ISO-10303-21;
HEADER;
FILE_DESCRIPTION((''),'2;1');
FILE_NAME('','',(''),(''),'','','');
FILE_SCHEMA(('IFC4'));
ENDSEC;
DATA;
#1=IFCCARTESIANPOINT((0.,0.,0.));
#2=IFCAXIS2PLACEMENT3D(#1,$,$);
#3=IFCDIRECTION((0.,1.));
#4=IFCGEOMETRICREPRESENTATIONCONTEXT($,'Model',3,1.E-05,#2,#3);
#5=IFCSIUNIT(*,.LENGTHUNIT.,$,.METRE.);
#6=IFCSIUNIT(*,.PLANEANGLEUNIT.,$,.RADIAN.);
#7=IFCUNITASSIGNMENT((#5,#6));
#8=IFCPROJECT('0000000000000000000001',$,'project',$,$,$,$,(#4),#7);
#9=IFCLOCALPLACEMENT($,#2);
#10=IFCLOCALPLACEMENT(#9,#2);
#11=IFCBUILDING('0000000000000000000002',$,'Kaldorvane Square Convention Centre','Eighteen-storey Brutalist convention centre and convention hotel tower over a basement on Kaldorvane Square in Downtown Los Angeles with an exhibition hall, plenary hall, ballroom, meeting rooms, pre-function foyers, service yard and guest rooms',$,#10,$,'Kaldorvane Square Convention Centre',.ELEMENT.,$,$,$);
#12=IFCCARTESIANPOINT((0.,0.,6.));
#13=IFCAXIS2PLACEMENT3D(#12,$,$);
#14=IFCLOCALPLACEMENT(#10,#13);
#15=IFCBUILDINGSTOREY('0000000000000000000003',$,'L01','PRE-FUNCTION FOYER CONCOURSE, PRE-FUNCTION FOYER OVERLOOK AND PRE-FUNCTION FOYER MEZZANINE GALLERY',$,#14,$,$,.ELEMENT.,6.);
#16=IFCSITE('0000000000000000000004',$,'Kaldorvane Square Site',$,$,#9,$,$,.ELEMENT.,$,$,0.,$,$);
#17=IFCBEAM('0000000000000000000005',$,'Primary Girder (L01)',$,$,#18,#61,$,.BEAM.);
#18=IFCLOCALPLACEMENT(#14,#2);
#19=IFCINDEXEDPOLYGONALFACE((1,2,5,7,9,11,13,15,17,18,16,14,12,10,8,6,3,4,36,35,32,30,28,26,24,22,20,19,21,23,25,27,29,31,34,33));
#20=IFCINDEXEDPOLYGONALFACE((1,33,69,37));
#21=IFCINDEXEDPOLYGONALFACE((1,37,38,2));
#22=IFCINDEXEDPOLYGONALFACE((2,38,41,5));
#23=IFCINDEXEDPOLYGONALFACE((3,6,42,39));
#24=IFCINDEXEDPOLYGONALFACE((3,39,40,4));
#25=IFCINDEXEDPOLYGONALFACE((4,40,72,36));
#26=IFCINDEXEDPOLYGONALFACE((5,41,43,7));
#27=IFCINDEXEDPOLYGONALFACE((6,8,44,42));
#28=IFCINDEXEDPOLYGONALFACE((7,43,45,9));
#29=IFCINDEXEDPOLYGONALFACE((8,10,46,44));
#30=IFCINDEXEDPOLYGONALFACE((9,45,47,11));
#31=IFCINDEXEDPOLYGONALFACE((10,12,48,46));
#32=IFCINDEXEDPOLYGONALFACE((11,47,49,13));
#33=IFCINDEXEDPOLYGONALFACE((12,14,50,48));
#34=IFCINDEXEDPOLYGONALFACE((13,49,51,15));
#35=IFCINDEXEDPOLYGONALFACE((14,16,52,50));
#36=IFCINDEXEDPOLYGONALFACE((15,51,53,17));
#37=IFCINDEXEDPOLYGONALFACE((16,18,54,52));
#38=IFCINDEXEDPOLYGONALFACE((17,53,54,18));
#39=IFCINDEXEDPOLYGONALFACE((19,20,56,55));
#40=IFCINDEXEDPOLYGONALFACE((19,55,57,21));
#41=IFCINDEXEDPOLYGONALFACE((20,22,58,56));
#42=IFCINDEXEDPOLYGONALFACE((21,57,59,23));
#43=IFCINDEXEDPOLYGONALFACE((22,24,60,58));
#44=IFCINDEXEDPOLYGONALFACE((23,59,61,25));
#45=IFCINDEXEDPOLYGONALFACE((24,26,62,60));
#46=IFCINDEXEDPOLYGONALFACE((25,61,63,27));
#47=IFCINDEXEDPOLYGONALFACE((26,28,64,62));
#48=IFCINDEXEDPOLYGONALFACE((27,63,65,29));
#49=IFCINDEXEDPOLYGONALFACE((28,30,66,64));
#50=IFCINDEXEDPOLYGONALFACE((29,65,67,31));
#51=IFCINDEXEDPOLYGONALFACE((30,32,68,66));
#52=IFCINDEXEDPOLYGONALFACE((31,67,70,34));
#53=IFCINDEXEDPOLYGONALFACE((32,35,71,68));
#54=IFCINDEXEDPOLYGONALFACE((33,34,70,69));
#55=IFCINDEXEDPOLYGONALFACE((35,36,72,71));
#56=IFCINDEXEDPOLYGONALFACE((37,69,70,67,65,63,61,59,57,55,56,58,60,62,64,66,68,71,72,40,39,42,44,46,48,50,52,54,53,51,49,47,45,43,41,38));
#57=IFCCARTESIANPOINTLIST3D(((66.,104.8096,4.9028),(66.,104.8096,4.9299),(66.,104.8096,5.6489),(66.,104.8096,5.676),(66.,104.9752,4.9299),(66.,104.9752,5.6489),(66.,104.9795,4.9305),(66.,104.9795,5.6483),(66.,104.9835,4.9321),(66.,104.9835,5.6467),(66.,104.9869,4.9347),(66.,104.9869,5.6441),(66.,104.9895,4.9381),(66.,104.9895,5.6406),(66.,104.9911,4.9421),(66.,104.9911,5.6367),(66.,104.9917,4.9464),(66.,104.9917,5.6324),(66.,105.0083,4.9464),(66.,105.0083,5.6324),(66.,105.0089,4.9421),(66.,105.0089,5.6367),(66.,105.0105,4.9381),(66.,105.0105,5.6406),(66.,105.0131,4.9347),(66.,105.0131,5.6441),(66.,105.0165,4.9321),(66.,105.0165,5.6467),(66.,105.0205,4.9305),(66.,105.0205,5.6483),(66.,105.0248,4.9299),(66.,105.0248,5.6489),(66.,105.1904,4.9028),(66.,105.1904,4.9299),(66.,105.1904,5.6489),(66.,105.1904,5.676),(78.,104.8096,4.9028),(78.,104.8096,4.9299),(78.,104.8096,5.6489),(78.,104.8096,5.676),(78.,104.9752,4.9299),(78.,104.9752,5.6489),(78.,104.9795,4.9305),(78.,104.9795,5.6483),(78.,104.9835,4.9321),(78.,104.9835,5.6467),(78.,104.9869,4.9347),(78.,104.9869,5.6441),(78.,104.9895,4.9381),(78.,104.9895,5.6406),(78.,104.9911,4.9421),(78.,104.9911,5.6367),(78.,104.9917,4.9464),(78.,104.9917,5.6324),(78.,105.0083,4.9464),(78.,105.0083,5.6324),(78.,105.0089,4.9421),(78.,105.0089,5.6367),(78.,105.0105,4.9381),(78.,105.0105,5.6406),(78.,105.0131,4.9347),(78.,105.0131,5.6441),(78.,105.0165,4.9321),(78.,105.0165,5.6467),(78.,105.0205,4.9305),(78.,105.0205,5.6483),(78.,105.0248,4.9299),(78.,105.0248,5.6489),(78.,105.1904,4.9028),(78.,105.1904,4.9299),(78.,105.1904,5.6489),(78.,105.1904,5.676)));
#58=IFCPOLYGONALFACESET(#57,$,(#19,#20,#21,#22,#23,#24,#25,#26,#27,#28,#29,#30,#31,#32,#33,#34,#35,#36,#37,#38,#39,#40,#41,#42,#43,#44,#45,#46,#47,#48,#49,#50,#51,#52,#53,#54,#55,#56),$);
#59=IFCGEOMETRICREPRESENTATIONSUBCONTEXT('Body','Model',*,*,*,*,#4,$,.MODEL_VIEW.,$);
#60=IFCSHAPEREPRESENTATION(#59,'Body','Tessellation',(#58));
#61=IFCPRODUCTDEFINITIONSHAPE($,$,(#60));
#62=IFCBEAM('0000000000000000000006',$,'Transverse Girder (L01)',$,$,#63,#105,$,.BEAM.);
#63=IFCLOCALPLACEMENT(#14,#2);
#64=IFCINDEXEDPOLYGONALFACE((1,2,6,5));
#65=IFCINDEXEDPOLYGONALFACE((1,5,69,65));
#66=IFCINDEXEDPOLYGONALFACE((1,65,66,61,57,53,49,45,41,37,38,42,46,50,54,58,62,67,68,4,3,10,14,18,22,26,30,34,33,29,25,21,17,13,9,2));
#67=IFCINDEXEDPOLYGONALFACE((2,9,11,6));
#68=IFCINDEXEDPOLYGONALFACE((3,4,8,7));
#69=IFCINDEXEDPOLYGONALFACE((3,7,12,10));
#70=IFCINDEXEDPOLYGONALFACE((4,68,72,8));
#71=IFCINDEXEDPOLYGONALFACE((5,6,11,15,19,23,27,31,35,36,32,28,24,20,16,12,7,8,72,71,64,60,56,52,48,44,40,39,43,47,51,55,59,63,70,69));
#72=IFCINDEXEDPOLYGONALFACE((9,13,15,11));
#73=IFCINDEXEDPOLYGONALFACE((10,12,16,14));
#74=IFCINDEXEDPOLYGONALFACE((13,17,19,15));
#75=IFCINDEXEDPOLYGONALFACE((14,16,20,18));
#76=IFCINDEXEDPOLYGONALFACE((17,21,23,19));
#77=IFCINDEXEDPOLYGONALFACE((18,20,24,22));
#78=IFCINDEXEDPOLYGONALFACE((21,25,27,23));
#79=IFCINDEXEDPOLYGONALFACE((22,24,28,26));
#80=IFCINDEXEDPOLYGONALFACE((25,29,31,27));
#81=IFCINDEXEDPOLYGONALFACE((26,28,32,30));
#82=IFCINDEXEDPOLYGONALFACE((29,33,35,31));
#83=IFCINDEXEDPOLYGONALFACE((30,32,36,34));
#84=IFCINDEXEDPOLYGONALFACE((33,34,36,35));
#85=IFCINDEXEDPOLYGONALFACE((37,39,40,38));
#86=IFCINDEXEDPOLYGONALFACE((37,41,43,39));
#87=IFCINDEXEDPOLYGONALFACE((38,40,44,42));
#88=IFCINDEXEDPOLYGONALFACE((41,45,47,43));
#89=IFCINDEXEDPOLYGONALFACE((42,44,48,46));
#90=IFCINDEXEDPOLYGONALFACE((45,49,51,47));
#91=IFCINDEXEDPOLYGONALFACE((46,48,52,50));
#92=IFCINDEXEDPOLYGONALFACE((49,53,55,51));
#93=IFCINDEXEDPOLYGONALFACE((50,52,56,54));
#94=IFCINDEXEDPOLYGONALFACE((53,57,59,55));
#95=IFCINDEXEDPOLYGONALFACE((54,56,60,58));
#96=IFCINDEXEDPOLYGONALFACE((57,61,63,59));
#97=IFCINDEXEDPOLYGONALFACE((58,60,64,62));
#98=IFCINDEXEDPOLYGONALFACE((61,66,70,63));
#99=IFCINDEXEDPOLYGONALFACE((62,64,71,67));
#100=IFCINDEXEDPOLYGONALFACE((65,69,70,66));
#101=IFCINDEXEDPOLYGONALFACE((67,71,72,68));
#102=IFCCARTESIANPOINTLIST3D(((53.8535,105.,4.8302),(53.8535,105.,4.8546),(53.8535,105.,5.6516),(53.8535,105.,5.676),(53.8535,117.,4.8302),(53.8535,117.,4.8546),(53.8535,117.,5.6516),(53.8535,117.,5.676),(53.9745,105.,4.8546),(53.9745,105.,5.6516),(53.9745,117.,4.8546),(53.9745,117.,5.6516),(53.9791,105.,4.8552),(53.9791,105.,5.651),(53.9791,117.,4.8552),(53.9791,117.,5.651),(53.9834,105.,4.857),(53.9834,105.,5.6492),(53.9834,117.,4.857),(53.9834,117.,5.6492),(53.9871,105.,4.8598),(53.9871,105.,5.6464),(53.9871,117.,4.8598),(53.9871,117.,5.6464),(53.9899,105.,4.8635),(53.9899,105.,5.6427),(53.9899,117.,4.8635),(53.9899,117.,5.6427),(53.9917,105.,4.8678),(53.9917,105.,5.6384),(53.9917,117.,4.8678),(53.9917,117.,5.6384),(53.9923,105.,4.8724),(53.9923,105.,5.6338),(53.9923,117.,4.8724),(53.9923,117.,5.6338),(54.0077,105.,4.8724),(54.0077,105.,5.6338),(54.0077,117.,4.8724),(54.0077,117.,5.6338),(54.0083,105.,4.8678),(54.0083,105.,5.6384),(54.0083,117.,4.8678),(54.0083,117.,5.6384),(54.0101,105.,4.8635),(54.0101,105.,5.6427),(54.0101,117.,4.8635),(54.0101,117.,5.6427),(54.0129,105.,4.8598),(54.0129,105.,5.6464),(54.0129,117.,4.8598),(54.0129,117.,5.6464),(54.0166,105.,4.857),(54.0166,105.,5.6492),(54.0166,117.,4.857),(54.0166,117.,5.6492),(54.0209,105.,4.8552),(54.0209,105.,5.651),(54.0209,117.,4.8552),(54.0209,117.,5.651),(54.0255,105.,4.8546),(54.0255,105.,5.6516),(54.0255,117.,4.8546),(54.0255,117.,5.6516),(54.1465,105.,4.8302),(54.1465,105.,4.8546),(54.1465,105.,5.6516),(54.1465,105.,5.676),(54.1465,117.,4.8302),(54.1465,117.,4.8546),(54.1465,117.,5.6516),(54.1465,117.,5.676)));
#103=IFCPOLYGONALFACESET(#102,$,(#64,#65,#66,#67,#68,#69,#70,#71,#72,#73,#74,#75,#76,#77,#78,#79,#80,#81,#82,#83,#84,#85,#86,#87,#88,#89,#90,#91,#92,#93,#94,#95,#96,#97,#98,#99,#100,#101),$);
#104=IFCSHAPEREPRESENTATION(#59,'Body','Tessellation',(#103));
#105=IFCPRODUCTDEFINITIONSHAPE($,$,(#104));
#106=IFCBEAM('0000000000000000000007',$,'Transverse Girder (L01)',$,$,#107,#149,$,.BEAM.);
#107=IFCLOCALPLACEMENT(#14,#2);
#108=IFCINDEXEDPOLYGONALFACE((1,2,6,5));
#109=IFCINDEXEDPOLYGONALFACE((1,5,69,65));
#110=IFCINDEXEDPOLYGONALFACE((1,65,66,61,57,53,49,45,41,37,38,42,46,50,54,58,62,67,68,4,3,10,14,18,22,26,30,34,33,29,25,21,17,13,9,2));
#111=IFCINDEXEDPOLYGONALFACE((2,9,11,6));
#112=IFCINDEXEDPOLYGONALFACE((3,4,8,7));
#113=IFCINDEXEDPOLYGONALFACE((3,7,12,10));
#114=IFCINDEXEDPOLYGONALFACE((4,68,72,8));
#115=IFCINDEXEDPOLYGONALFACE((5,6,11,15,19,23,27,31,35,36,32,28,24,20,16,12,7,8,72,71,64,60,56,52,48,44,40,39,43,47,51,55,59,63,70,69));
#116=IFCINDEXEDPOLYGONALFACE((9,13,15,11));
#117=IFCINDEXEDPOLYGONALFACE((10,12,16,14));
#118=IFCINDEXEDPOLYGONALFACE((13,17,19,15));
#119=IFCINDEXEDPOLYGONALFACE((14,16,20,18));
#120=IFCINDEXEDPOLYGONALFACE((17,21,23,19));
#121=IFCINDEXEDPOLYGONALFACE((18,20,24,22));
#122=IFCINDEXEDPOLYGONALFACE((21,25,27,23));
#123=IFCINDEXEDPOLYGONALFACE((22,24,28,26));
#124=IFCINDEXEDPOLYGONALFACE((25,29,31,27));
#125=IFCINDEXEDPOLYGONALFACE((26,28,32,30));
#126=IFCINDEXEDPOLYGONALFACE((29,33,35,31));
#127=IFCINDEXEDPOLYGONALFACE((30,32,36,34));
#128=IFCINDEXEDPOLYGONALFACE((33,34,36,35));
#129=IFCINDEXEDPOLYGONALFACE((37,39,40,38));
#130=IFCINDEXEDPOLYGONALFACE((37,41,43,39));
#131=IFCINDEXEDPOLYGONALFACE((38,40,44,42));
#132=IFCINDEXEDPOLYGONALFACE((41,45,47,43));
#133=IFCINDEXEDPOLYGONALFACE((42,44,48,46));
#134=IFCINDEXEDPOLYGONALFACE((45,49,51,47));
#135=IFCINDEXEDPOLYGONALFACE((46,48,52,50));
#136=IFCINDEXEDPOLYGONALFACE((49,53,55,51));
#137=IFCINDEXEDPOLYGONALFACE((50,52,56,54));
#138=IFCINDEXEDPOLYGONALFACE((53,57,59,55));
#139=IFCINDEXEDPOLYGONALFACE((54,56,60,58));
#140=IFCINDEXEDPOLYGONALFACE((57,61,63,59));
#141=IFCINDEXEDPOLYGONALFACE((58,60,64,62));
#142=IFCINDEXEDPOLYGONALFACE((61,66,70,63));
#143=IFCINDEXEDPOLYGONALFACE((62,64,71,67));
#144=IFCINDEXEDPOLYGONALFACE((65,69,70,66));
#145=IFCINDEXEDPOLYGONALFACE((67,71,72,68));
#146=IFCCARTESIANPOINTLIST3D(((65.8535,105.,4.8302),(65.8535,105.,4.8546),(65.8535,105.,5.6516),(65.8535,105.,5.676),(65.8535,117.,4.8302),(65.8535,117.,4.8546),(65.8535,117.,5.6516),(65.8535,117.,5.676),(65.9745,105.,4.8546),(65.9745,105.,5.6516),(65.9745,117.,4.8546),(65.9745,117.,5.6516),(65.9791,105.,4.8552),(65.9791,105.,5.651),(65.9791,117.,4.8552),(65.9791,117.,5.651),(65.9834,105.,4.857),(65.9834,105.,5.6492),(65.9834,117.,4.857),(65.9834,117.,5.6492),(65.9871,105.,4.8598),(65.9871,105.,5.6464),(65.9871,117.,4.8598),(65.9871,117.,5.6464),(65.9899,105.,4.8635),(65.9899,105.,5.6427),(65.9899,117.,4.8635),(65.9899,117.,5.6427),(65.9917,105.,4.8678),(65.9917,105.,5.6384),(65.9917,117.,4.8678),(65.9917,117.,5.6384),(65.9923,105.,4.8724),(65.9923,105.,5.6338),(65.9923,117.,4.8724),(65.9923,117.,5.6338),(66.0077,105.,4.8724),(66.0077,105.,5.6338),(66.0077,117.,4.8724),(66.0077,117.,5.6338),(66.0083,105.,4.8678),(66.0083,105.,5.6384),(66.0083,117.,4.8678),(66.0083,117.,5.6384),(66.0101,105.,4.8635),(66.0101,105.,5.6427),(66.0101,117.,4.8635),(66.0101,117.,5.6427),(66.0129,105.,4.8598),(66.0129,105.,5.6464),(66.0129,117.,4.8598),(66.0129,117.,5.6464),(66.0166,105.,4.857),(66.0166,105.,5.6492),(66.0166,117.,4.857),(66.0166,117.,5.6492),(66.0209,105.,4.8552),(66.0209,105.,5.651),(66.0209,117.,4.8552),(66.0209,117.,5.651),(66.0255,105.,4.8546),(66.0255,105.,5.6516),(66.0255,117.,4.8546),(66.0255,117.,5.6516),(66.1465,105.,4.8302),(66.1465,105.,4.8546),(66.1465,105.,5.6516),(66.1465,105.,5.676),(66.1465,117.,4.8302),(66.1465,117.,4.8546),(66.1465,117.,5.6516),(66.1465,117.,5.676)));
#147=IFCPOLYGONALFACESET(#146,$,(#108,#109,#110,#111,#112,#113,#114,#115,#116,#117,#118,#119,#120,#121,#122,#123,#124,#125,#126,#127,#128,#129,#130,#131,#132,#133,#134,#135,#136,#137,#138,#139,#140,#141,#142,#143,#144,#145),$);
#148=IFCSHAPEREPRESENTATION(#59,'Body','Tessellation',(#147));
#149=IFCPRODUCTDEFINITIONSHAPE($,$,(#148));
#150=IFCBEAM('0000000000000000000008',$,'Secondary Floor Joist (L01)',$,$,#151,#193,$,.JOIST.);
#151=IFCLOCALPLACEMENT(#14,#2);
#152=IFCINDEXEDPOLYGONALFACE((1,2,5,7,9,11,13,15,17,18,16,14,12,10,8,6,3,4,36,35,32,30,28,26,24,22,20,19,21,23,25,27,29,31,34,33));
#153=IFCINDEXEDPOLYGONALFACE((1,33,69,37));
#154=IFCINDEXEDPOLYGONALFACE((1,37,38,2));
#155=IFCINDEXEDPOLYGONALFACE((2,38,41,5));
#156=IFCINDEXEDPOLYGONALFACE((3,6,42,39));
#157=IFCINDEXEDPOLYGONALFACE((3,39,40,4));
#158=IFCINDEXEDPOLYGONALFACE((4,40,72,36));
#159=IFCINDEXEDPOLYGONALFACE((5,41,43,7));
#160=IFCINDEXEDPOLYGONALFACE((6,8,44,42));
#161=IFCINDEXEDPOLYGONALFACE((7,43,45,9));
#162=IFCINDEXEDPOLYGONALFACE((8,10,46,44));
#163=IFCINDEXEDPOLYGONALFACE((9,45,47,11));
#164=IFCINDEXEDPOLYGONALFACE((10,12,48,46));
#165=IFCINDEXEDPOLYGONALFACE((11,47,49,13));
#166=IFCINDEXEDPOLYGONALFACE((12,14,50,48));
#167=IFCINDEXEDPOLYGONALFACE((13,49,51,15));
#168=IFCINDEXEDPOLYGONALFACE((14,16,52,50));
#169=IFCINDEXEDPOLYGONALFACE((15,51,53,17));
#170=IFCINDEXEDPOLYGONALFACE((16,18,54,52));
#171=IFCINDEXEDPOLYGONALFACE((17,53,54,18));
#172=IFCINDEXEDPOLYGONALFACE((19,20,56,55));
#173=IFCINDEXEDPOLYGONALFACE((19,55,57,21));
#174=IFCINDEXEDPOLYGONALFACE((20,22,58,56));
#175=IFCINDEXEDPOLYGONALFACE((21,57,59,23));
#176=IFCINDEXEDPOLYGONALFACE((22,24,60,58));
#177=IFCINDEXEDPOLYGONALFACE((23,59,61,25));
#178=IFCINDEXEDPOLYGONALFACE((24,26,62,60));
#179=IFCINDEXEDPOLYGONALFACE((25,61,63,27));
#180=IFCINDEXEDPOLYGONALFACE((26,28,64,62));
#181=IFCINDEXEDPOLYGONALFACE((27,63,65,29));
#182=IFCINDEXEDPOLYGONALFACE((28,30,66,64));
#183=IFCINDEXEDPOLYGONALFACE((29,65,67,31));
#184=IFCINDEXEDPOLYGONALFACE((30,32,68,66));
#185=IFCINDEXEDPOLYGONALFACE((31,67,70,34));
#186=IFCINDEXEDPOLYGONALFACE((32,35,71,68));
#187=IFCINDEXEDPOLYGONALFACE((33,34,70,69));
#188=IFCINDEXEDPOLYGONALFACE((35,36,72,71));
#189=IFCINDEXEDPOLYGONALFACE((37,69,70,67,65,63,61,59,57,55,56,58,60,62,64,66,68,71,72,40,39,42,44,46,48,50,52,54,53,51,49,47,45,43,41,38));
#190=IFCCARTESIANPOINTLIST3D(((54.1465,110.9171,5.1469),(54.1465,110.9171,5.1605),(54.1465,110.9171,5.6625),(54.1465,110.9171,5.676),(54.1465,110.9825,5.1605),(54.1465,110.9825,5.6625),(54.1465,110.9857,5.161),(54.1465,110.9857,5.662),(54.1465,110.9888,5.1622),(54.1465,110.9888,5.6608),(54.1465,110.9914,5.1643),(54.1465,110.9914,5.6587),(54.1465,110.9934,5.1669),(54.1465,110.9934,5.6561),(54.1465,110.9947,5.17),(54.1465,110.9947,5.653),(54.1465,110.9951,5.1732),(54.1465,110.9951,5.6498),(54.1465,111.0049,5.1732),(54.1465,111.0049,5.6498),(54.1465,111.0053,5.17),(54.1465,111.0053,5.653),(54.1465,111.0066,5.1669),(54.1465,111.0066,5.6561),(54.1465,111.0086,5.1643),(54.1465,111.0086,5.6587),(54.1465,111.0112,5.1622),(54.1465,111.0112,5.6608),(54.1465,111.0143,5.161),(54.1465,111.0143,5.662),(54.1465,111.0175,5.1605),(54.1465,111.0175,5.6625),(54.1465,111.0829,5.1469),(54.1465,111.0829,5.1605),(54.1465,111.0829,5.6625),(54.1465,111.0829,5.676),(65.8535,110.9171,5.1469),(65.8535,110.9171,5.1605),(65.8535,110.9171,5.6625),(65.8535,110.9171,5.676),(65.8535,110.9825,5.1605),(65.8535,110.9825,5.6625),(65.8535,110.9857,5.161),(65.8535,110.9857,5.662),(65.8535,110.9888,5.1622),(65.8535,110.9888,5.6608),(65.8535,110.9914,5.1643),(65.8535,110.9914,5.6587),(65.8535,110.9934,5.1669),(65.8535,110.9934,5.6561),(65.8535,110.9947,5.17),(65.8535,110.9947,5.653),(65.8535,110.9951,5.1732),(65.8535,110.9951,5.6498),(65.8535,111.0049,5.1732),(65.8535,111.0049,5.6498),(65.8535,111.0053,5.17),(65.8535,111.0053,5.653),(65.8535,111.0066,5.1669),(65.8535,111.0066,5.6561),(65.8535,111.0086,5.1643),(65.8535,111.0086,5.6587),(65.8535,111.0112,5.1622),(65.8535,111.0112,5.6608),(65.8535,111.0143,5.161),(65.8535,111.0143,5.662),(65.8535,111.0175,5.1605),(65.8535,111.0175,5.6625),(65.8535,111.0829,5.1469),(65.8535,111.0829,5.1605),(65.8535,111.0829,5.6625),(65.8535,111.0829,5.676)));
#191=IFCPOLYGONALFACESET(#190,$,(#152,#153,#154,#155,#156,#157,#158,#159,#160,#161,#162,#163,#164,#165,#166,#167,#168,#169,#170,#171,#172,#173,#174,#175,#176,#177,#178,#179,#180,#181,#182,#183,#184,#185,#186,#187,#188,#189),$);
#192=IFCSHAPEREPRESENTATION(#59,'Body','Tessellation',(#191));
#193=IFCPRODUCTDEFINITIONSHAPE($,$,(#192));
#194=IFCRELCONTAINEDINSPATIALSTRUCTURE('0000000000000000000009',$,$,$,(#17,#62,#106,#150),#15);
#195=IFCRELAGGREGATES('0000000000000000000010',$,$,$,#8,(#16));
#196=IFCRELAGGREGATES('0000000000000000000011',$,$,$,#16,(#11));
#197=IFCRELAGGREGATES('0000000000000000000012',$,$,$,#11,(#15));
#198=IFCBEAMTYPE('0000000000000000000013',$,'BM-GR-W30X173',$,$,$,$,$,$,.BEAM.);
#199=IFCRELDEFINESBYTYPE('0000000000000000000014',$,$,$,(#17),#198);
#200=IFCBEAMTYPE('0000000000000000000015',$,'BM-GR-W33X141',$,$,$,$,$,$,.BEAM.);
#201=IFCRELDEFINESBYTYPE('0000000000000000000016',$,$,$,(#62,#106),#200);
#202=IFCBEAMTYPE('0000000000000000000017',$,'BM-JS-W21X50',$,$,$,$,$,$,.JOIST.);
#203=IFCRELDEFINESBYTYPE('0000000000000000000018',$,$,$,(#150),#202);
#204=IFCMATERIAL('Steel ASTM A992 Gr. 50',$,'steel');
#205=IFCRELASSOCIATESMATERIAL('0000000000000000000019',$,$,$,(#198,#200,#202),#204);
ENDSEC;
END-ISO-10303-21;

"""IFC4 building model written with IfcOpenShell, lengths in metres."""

from ifc_helpers import new_model, si_unit, direction, frame, origin, origin_2d, place, context, subcontext, project, spatial, i_section, extrude, material, material_profile, profile_set, type_object, element, save


model = new_model("IFC4")

# Units and contexts
model_context = context("Model", 3, precision=1e-05, world=origin(), true_north=direction((0.0, 1.0)))
body_context = subcontext(model_context, "Body", "Model", "MODEL_VIEW")
ifc_project = project(units=[si_unit("LENGTHUNIT", "METRE"), si_unit("PLANEANGLEUNIT", "RADIAN")], contexts=[model_context])

# Site, building, storey
site_placement = place(None, origin())
site = spatial("IfcSite", under=ifc_project, at=site_placement, Name="Kaldorvane Square Site", CompositionType="ELEMENT", RefElevation=0.0)
building_placement = place(site_placement, origin())
building = spatial("IfcBuilding", under=site, at=building_placement, Name="Kaldorvane Square Convention Centre", Description="Eighteen-storey Brutalist convention centre and convention hotel tower over a basement on Kaldorvane Square in Downtown Los Angeles with an exhibition hall, plenary hall, ballroom, meeting rooms, pre-function foyers, service yard and guest rooms", LongName="Kaldorvane Square Convention Centre", CompositionType="ELEMENT")
storey_placement = place(building_placement, frame((0.0, 0.0, 6.0)))
storey = spatial("IfcBuildingStorey", under=building, at=storey_placement, Name="L01", Description="PRE-FUNCTION FOYER CONCOURSE, PRE-FUNCTION FOYER OVERLOOK AND PRE-FUNCTION FOYER MEZZANINE GALLERY", CompositionType="ELEMENT", Elevation=6.0)

# Shared definitions
ifc_material_1 = material(Name="Steel ASTM A992 Gr. 50", Category="steel")

# Beams
ifc_material_profile_1 = material_profile(ifc_material_1, i_section(OverallWidth=0.3807, OverallDepth=0.7732, WebThickness=0.0166, FlangeThickness=0.0271, FilletRadius=0.0165, at=origin_2d()), Name="W30X173")
ifc_profile_set_1 = profile_set([ifc_material_profile_1], Name="Steel ASTM A992 Gr. 50")
beam_type_1 = type_object("IfcBeamType", Name="BM-GR-W30X173", PredefinedType="BEAM", material=ifc_profile_set_1)
for number, where, z_axis, x_axis, name in (
    (1, (66.0, 105.0, 5.2894), (1.0, 0.0, 0.0), (0.0, 1.0, 0.0), "Primary Girder (L01)"),
):
    element("IfcBeam", number, at=place(storey_placement, frame(where, z_axis=z_axis, x_axis=x_axis)), inside=storey, type_object=beam_type_1, Name=name, PredefinedType="BEAM", context=body_context, shape_type="SweptSolid", body=[
        extrude(i_section(OverallWidth=0.3807, OverallDepth=0.7732, WebThickness=0.0166, FlangeThickness=0.0271, FilletRadius=0.0165, at=origin_2d()), origin(), (0.0, 0.0, 1.0), 12.0),
    ])
ifc_material_profile_2 = material_profile(ifc_material_1, i_section(OverallWidth=0.293, OverallDepth=0.8458, WebThickness=0.0154, FlangeThickness=0.0244, FilletRadius=0.0178, at=origin_2d()), Name="W33X141")
ifc_profile_set_2 = profile_set([ifc_material_profile_2], Name="Steel ASTM A992 Gr. 50")
beam_type_2 = type_object("IfcBeamType", Name="BM-GR-W33X141", PredefinedType="BEAM", material=ifc_profile_set_2)
for number, where, z_axis, x_axis, name in (
    (2, (54.0, 105.0, 5.2531), (0.0, 1.0, 0.0), (-1.0, 0.0, 0.0), "Transverse Girder (L01)"),
    (3, (66.0, 105.0, 5.2531), (0.0, 1.0, 0.0), (-1.0, 0.0, 0.0), "Transverse Girder (L01)"),
):
    element("IfcBeam", number, at=place(storey_placement, frame(where, z_axis=z_axis, x_axis=x_axis)), inside=storey, type_object=beam_type_2, Name=name, PredefinedType="BEAM", context=body_context, shape_type="SweptSolid", body=[
        extrude(i_section(OverallWidth=0.293, OverallDepth=0.8458, WebThickness=0.0154, FlangeThickness=0.0244, FilletRadius=0.0178, at=origin_2d()), origin(), (0.0, 0.0, 1.0), 12.0),
    ])
ifc_material_profile_3 = material_profile(ifc_material_1, i_section(OverallWidth=0.1659, OverallDepth=0.5291, WebThickness=0.0097, FlangeThickness=0.0136, FilletRadius=0.0127, at=origin_2d()), Name="W21X50")
ifc_profile_set_3 = profile_set([ifc_material_profile_3], Name="Steel ASTM A992 Gr. 50")
beam_type_3 = type_object("IfcBeamType", Name="BM-JS-W21X50", PredefinedType="JOIST", material=ifc_profile_set_3)
beam_placement = place(storey_placement, frame((54.1465, 111.0, 5.4115), z_axis=(1.0, 0.0, 0.0), x_axis=(0.0, 1.0, 0.0)))
element("IfcBeam", 4, at=beam_placement, inside=storey, type_object=beam_type_3, Name="Secondary Floor Joist (L01)", PredefinedType="JOIST", context=body_context, shape_type="SweptSolid", body=[
    extrude(i_section(OverallWidth=0.1659, OverallDepth=0.5291, WebThickness=0.0097, FlangeThickness=0.0136, FilletRadius=0.0127, at=origin_2d()), origin(), (0.0, 0.0, 1.0), 11.707),
])

save(model, "model.ifc")
